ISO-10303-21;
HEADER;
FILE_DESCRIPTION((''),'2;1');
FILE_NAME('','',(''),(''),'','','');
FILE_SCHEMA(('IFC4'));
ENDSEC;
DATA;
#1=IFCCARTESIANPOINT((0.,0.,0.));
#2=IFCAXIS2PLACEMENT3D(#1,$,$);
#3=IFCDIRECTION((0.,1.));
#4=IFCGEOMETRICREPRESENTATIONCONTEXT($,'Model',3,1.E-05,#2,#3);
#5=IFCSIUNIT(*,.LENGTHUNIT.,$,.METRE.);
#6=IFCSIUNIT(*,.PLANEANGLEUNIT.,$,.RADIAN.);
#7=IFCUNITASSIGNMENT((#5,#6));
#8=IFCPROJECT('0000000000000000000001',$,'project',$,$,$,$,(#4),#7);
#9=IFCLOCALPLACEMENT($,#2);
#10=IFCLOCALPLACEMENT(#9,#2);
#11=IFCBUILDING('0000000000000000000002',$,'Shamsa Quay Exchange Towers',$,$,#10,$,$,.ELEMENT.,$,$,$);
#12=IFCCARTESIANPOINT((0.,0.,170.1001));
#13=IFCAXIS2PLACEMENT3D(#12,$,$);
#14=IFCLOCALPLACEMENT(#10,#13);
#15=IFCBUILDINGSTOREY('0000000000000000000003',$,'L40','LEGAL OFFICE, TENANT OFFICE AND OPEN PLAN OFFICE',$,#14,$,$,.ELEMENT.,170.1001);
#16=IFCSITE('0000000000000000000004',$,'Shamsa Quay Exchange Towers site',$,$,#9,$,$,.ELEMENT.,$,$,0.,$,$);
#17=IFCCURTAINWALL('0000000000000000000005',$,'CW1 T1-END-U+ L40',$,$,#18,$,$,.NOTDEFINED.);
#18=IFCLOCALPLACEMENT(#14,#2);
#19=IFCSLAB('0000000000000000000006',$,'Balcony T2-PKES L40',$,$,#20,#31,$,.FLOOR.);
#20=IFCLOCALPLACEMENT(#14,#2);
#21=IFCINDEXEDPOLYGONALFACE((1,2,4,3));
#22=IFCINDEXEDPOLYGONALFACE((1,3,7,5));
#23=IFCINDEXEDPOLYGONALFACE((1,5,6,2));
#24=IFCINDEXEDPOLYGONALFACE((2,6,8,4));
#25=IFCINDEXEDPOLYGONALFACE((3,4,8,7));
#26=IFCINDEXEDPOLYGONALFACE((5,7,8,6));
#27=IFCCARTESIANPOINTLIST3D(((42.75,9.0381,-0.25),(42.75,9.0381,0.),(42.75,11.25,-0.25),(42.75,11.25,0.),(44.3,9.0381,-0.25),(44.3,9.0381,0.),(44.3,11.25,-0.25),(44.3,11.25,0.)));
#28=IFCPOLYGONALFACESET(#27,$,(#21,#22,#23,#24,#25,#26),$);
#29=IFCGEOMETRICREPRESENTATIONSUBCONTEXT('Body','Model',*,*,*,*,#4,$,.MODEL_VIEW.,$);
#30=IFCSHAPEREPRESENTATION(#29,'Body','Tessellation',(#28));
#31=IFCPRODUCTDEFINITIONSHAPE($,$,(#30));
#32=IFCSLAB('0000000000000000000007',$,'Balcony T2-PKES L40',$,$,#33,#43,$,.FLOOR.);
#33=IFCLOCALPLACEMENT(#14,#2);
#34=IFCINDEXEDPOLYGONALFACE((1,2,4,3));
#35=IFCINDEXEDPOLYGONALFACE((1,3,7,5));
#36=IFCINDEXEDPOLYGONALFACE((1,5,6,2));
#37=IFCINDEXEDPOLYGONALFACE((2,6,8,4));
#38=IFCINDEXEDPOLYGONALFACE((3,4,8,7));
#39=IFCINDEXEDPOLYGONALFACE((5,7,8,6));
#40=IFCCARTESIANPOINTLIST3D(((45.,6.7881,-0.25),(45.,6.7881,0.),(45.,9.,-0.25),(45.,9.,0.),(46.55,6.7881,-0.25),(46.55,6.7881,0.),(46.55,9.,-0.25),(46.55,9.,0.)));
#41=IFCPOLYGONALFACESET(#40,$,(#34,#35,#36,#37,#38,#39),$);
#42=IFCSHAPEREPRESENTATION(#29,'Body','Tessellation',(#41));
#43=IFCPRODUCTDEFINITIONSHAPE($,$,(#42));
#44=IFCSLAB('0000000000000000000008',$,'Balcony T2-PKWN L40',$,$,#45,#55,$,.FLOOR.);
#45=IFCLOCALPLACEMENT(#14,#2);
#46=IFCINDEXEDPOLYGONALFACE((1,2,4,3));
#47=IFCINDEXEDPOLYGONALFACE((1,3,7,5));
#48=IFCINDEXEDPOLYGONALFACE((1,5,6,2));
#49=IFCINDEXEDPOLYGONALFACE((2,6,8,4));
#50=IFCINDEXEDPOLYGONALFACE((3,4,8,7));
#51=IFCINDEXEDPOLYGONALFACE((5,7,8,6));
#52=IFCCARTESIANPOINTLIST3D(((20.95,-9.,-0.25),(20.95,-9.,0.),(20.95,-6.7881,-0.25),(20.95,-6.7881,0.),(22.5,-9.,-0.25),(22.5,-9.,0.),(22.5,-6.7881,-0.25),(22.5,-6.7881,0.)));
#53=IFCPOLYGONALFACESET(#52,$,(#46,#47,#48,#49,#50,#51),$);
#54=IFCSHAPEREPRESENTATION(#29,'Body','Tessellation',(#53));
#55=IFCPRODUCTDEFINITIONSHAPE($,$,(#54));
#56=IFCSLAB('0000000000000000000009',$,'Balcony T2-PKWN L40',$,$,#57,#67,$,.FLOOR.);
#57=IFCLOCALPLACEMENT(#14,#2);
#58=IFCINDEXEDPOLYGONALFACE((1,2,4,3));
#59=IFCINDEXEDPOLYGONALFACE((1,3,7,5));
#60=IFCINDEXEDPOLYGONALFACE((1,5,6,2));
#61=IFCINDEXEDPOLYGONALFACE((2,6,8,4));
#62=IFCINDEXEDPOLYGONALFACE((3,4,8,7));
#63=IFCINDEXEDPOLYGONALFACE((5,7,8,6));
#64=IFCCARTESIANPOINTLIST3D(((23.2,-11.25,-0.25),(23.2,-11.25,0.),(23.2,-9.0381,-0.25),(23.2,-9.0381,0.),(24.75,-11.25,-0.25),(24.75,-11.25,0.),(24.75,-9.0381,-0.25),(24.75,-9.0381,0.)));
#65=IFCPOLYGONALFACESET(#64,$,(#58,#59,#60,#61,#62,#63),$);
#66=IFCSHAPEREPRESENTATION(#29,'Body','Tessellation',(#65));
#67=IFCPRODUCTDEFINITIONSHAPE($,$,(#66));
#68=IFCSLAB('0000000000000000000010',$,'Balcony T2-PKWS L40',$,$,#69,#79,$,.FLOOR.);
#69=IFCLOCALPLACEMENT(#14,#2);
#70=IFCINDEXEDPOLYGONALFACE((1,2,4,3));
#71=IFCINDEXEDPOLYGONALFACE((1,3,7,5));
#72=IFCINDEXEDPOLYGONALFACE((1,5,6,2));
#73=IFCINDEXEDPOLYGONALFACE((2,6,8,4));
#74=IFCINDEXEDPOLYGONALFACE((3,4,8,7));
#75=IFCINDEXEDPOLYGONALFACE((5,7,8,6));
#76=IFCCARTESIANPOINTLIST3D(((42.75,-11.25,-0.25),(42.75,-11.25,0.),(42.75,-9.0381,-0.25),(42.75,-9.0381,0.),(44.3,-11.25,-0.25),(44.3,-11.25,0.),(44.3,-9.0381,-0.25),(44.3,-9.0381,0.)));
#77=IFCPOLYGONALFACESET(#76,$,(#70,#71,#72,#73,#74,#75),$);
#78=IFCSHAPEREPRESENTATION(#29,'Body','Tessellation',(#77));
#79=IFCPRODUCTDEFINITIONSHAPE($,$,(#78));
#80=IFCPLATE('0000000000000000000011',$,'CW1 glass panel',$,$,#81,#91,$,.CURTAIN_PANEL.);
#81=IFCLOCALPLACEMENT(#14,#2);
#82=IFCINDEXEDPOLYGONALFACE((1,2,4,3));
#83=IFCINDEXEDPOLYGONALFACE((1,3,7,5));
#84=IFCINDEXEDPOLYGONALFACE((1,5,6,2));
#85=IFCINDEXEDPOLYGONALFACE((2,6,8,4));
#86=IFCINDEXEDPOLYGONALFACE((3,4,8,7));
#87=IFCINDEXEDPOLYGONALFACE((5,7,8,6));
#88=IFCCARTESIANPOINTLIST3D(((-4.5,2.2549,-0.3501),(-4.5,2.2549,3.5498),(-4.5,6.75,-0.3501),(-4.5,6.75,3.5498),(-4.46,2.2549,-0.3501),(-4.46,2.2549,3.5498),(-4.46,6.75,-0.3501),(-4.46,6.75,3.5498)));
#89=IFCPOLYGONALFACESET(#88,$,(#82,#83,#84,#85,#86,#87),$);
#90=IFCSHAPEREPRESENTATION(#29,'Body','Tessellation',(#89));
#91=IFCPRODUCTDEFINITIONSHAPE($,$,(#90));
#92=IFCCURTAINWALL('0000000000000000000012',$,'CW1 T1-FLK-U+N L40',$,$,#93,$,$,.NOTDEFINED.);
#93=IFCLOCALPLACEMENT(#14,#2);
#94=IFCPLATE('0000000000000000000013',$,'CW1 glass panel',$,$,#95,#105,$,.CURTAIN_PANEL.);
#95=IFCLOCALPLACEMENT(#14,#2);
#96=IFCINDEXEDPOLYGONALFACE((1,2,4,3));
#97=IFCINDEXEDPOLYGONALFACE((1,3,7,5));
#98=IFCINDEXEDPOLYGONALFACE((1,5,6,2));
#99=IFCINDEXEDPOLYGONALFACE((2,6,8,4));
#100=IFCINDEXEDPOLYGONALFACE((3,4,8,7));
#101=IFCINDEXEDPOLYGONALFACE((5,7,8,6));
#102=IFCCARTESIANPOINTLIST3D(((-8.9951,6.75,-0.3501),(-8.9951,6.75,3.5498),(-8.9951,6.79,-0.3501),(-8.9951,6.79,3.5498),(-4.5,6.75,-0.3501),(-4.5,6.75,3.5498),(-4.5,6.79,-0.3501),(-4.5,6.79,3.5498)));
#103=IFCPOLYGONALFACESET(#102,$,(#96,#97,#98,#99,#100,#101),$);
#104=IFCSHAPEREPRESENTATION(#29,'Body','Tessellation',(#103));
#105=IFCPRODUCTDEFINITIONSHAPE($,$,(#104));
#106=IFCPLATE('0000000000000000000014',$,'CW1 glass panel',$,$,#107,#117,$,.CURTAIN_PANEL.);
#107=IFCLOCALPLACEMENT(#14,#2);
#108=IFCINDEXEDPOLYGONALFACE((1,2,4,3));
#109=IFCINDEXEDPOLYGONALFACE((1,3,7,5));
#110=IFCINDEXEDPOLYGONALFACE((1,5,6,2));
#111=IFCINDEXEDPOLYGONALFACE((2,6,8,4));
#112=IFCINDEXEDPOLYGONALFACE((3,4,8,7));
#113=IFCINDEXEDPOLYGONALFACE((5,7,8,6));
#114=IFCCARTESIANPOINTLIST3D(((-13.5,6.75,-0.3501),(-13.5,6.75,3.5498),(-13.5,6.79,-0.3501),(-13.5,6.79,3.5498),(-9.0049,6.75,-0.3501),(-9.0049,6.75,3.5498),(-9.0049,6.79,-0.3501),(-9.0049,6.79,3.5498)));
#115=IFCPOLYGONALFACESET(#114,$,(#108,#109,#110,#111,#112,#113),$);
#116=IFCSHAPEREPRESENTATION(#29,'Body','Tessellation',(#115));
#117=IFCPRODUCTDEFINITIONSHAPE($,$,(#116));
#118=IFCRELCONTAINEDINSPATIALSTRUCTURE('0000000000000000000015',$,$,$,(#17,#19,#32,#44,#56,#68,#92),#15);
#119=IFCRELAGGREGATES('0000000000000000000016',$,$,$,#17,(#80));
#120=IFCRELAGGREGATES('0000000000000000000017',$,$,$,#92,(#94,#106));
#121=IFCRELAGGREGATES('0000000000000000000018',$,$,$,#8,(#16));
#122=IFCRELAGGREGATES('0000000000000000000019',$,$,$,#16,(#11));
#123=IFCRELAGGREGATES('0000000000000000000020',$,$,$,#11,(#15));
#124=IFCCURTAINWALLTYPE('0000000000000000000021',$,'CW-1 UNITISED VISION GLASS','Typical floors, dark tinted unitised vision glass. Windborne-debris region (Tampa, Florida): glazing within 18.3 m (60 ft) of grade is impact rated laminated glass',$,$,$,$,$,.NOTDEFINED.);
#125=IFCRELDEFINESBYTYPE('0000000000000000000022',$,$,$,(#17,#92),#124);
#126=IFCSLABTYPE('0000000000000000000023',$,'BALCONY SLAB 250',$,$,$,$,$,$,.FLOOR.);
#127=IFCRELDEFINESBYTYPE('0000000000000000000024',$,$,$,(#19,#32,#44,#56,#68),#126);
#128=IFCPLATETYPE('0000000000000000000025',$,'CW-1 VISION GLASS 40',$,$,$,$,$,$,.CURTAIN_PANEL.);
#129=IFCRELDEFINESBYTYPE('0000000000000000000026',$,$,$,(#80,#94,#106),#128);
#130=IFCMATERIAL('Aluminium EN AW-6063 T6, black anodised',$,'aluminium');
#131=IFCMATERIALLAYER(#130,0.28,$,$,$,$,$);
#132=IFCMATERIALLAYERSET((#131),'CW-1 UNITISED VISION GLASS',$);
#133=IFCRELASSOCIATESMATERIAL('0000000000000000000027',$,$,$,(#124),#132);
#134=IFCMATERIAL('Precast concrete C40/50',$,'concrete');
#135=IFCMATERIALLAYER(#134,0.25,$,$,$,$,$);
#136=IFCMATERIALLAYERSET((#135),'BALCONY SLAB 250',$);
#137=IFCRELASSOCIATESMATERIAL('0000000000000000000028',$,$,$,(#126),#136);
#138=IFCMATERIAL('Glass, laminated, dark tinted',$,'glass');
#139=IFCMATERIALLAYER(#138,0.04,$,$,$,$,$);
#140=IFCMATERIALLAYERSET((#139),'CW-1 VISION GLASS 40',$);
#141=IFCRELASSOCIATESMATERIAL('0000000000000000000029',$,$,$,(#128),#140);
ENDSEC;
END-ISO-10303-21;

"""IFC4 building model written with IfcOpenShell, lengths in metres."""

from ifc_helpers import new_model, si_unit, direction, frame, origin, origin_2d, place, context, subcontext, project, spatial, polyline, rectangle, outline, extrude, material, layer, layer_set, type_object, element, aggregate, save


model = new_model("IFC4")

# Units and contexts
model_context = context("Model", 3, precision=1e-05, world=origin(), true_north=direction((0.0, 1.0)))
body_context = subcontext(model_context, "Body", "Model", "MODEL_VIEW")
ifc_project = project(units=[si_unit("LENGTHUNIT", "METRE"), si_unit("PLANEANGLEUNIT", "RADIAN")], contexts=[model_context])

# Site, building, storey
site_placement = place(None, origin())
site = spatial("IfcSite", under=ifc_project, at=site_placement, Name="Shamsa Quay Exchange Towers site", CompositionType="ELEMENT", RefElevation=0.0)
building_placement = place(site_placement, origin())
building = spatial("IfcBuilding", under=site, at=building_placement, Name="Shamsa Quay Exchange Towers", CompositionType="ELEMENT")
storey_placement = place(building_placement, frame((0.0, 0.0, 170.1001)))
storey = spatial("IfcBuildingStorey", under=building, at=storey_placement, Name="L40", Description="LEGAL OFFICE, TENANT OFFICE AND OPEN PLAN OFFICE", CompositionType="ELEMENT", Elevation=170.1001)

# Curtain wall
ifc_material_1 = material(Name="Aluminium EN AW-6063 T6, black anodised", Category="aluminium")
ifc_layer_1 = layer(ifc_material_1, 0.28)
ifc_layer_set_1 = layer_set([ifc_layer_1], Name="CW-1 UNITISED VISION GLASS")
curtain_wall_type = type_object("IfcCurtainWallType", Name="CW-1 UNITISED VISION GLASS", Description="Typical floors, dark tinted unitised vision glass. Windborne-debris region (Tampa, Florida): glazing within 18.3 m (60 ft) of grade is impact rated laminated glass", PredefinedType="NOTDEFINED", material=ifc_layer_set_1)
curtain_wall_1_placement = place(storey_placement, origin())
curtain_wall_1 = element("IfcCurtainWall", 1, at=curtain_wall_1_placement, inside=storey, type_object=curtain_wall_type, Name="CW1 T1-END-U+ L40", PredefinedType="NOTDEFINED")

# Slabs
ifc_material_2 = material(Name="Precast concrete C40/50", Category="concrete")
ifc_layer_2 = layer(ifc_material_2, 0.25)
ifc_layer_set_2 = layer_set([ifc_layer_2], Name="BALCONY SLAB 250")
slab_type = type_object("IfcSlabType", Name="BALCONY SLAB 250", PredefinedType="FLOOR", material=ifc_layer_set_2)
slab_1_placement = place(storey_placement, frame((0.0, 0.0, -0.25)))
element("IfcSlab", 2, at=slab_1_placement, inside=storey, type_object=slab_type, Name="Balcony T2-PKES L40", PredefinedType="FLOOR", context=body_context, shape_type="SweptSolid", body=[
    extrude(outline(polyline([(42.75, 9.0381), (42.75, 11.25), (44.3, 11.25), (44.3, 9.0381), (42.75, 9.0381)])), origin(), (0.0, 0.0, 1.0), 0.25),
])
slab_2_placement = place(storey_placement, frame((0.0, 0.0, -0.25)))
element("IfcSlab", 3, at=slab_2_placement, inside=storey, type_object=slab_type, Name="Balcony T2-PKES L40", PredefinedType="FLOOR", context=body_context, shape_type="SweptSolid", body=[
    extrude(outline(polyline([(45.0, 6.7881), (45.0, 9.0), (46.55, 9.0), (46.55, 6.7881), (45.0, 6.7881)])), origin(), (0.0, 0.0, 1.0), 0.25),
])
slab_3_placement = place(storey_placement, frame((0.0, 0.0, -0.25)))
element("IfcSlab", 4, at=slab_3_placement, inside=storey, type_object=slab_type, Name="Balcony T2-PKWN L40", PredefinedType="FLOOR", context=body_context, shape_type="SweptSolid", body=[
    extrude(outline(polyline([(22.5, -6.7881), (22.5, -9.0), (20.95, -9.0), (20.95, -6.7881), (22.5, -6.7881)])), origin(), (0.0, 0.0, 1.0), 0.25),
])
slab_4_placement = place(storey_placement, frame((0.0, 0.0, -0.25)))
element("IfcSlab", 5, at=slab_4_placement, inside=storey, type_object=slab_type, Name="Balcony T2-PKWN L40", PredefinedType="FLOOR", context=body_context, shape_type="SweptSolid", body=[
    extrude(outline(polyline([(24.75, -9.0381), (24.75, -11.25), (23.2, -11.25), (23.2, -9.0381), (24.75, -9.0381)])), origin(), (0.0, 0.0, 1.0), 0.25),
])
slab_5_placement = place(storey_placement, frame((0.0, 0.0, -0.25)))
element("IfcSlab", 6, at=slab_5_placement, inside=storey, type_object=slab_type, Name="Balcony T2-PKWS L40", PredefinedType="FLOOR", context=body_context, shape_type="SweptSolid", body=[
    extrude(outline(polyline([(42.75, -11.25), (42.75, -9.0381), (44.3, -9.0381), (44.3, -11.25), (42.75, -11.25)])), origin(), (0.0, 0.0, 1.0), 0.25),
])

# Plate
ifc_material_3 = material(Name="Glass, laminated, dark tinted", Category="glass")
ifc_layer_3 = layer(ifc_material_3, 0.04)
ifc_layer_set_3 = layer_set([ifc_layer_3], Name="CW-1 VISION GLASS 40")
plate_type = type_object("IfcPlateType", Name="CW-1 VISION GLASS 40", PredefinedType="CURTAIN_PANEL", material=ifc_layer_set_3)
plate_1_placement = place(storey_placement, frame((-4.48, 4.5024, -0.3501), z_axis=(0.0, 0.0, 1.0), x_axis=(0.0, 1.0, 0.0)))
plate_1 = element("IfcPlate", 7, at=plate_1_placement, type_object=plate_type, Name="CW1 glass panel", PredefinedType="CURTAIN_PANEL", context=body_context, shape_type="SweptSolid", body=[
    extrude(rectangle(XDim=4.4951, YDim=0.04, at=origin_2d()), origin(), (0.0, 0.0, 1.0), 3.8999),
])
aggregate(curtain_wall_1, [plate_1])

# Curtain wall, plates
curtain_wall_2_placement = place(storey_placement, origin())
curtain_wall_2 = element("IfcCurtainWall", 8, at=curtain_wall_2_placement, inside=storey, type_object=curtain_wall_type, Name="CW1 T1-FLK-U+N L40", PredefinedType="NOTDEFINED")
plate_2_placement = place(storey_placement, frame((-6.7476, 6.77, -0.3501), z_axis=(0.0, 0.0, 1.0), x_axis=(-1.0, 0.0, 0.0)))
plate_2 = element("IfcPlate", 9, at=plate_2_placement, type_object=plate_type, Name="CW1 glass panel", PredefinedType="CURTAIN_PANEL", context=body_context, shape_type="SweptSolid", body=[
    extrude(rectangle(XDim=4.4951, YDim=0.04, at=origin_2d()), origin(), (0.0, 0.0, 1.0), 3.8999),
])
plate_3_placement = place(storey_placement, frame((-11.2524, 6.77, -0.3501), z_axis=(0.0, 0.0, 1.0), x_axis=(-1.0, 0.0, 0.0)))
plate_3 = element("IfcPlate", 10, at=plate_3_placement, type_object=plate_type, Name="CW1 glass panel", PredefinedType="CURTAIN_PANEL", context=body_context, shape_type="SweptSolid", body=[
    extrude(rectangle(XDim=4.4951, YDim=0.04, at=origin_2d()), origin(), (0.0, 0.0, 1.0), 3.8999),
])
aggregate(curtain_wall_2, [plate_2, plate_3])

save(model, "model.ifc")
